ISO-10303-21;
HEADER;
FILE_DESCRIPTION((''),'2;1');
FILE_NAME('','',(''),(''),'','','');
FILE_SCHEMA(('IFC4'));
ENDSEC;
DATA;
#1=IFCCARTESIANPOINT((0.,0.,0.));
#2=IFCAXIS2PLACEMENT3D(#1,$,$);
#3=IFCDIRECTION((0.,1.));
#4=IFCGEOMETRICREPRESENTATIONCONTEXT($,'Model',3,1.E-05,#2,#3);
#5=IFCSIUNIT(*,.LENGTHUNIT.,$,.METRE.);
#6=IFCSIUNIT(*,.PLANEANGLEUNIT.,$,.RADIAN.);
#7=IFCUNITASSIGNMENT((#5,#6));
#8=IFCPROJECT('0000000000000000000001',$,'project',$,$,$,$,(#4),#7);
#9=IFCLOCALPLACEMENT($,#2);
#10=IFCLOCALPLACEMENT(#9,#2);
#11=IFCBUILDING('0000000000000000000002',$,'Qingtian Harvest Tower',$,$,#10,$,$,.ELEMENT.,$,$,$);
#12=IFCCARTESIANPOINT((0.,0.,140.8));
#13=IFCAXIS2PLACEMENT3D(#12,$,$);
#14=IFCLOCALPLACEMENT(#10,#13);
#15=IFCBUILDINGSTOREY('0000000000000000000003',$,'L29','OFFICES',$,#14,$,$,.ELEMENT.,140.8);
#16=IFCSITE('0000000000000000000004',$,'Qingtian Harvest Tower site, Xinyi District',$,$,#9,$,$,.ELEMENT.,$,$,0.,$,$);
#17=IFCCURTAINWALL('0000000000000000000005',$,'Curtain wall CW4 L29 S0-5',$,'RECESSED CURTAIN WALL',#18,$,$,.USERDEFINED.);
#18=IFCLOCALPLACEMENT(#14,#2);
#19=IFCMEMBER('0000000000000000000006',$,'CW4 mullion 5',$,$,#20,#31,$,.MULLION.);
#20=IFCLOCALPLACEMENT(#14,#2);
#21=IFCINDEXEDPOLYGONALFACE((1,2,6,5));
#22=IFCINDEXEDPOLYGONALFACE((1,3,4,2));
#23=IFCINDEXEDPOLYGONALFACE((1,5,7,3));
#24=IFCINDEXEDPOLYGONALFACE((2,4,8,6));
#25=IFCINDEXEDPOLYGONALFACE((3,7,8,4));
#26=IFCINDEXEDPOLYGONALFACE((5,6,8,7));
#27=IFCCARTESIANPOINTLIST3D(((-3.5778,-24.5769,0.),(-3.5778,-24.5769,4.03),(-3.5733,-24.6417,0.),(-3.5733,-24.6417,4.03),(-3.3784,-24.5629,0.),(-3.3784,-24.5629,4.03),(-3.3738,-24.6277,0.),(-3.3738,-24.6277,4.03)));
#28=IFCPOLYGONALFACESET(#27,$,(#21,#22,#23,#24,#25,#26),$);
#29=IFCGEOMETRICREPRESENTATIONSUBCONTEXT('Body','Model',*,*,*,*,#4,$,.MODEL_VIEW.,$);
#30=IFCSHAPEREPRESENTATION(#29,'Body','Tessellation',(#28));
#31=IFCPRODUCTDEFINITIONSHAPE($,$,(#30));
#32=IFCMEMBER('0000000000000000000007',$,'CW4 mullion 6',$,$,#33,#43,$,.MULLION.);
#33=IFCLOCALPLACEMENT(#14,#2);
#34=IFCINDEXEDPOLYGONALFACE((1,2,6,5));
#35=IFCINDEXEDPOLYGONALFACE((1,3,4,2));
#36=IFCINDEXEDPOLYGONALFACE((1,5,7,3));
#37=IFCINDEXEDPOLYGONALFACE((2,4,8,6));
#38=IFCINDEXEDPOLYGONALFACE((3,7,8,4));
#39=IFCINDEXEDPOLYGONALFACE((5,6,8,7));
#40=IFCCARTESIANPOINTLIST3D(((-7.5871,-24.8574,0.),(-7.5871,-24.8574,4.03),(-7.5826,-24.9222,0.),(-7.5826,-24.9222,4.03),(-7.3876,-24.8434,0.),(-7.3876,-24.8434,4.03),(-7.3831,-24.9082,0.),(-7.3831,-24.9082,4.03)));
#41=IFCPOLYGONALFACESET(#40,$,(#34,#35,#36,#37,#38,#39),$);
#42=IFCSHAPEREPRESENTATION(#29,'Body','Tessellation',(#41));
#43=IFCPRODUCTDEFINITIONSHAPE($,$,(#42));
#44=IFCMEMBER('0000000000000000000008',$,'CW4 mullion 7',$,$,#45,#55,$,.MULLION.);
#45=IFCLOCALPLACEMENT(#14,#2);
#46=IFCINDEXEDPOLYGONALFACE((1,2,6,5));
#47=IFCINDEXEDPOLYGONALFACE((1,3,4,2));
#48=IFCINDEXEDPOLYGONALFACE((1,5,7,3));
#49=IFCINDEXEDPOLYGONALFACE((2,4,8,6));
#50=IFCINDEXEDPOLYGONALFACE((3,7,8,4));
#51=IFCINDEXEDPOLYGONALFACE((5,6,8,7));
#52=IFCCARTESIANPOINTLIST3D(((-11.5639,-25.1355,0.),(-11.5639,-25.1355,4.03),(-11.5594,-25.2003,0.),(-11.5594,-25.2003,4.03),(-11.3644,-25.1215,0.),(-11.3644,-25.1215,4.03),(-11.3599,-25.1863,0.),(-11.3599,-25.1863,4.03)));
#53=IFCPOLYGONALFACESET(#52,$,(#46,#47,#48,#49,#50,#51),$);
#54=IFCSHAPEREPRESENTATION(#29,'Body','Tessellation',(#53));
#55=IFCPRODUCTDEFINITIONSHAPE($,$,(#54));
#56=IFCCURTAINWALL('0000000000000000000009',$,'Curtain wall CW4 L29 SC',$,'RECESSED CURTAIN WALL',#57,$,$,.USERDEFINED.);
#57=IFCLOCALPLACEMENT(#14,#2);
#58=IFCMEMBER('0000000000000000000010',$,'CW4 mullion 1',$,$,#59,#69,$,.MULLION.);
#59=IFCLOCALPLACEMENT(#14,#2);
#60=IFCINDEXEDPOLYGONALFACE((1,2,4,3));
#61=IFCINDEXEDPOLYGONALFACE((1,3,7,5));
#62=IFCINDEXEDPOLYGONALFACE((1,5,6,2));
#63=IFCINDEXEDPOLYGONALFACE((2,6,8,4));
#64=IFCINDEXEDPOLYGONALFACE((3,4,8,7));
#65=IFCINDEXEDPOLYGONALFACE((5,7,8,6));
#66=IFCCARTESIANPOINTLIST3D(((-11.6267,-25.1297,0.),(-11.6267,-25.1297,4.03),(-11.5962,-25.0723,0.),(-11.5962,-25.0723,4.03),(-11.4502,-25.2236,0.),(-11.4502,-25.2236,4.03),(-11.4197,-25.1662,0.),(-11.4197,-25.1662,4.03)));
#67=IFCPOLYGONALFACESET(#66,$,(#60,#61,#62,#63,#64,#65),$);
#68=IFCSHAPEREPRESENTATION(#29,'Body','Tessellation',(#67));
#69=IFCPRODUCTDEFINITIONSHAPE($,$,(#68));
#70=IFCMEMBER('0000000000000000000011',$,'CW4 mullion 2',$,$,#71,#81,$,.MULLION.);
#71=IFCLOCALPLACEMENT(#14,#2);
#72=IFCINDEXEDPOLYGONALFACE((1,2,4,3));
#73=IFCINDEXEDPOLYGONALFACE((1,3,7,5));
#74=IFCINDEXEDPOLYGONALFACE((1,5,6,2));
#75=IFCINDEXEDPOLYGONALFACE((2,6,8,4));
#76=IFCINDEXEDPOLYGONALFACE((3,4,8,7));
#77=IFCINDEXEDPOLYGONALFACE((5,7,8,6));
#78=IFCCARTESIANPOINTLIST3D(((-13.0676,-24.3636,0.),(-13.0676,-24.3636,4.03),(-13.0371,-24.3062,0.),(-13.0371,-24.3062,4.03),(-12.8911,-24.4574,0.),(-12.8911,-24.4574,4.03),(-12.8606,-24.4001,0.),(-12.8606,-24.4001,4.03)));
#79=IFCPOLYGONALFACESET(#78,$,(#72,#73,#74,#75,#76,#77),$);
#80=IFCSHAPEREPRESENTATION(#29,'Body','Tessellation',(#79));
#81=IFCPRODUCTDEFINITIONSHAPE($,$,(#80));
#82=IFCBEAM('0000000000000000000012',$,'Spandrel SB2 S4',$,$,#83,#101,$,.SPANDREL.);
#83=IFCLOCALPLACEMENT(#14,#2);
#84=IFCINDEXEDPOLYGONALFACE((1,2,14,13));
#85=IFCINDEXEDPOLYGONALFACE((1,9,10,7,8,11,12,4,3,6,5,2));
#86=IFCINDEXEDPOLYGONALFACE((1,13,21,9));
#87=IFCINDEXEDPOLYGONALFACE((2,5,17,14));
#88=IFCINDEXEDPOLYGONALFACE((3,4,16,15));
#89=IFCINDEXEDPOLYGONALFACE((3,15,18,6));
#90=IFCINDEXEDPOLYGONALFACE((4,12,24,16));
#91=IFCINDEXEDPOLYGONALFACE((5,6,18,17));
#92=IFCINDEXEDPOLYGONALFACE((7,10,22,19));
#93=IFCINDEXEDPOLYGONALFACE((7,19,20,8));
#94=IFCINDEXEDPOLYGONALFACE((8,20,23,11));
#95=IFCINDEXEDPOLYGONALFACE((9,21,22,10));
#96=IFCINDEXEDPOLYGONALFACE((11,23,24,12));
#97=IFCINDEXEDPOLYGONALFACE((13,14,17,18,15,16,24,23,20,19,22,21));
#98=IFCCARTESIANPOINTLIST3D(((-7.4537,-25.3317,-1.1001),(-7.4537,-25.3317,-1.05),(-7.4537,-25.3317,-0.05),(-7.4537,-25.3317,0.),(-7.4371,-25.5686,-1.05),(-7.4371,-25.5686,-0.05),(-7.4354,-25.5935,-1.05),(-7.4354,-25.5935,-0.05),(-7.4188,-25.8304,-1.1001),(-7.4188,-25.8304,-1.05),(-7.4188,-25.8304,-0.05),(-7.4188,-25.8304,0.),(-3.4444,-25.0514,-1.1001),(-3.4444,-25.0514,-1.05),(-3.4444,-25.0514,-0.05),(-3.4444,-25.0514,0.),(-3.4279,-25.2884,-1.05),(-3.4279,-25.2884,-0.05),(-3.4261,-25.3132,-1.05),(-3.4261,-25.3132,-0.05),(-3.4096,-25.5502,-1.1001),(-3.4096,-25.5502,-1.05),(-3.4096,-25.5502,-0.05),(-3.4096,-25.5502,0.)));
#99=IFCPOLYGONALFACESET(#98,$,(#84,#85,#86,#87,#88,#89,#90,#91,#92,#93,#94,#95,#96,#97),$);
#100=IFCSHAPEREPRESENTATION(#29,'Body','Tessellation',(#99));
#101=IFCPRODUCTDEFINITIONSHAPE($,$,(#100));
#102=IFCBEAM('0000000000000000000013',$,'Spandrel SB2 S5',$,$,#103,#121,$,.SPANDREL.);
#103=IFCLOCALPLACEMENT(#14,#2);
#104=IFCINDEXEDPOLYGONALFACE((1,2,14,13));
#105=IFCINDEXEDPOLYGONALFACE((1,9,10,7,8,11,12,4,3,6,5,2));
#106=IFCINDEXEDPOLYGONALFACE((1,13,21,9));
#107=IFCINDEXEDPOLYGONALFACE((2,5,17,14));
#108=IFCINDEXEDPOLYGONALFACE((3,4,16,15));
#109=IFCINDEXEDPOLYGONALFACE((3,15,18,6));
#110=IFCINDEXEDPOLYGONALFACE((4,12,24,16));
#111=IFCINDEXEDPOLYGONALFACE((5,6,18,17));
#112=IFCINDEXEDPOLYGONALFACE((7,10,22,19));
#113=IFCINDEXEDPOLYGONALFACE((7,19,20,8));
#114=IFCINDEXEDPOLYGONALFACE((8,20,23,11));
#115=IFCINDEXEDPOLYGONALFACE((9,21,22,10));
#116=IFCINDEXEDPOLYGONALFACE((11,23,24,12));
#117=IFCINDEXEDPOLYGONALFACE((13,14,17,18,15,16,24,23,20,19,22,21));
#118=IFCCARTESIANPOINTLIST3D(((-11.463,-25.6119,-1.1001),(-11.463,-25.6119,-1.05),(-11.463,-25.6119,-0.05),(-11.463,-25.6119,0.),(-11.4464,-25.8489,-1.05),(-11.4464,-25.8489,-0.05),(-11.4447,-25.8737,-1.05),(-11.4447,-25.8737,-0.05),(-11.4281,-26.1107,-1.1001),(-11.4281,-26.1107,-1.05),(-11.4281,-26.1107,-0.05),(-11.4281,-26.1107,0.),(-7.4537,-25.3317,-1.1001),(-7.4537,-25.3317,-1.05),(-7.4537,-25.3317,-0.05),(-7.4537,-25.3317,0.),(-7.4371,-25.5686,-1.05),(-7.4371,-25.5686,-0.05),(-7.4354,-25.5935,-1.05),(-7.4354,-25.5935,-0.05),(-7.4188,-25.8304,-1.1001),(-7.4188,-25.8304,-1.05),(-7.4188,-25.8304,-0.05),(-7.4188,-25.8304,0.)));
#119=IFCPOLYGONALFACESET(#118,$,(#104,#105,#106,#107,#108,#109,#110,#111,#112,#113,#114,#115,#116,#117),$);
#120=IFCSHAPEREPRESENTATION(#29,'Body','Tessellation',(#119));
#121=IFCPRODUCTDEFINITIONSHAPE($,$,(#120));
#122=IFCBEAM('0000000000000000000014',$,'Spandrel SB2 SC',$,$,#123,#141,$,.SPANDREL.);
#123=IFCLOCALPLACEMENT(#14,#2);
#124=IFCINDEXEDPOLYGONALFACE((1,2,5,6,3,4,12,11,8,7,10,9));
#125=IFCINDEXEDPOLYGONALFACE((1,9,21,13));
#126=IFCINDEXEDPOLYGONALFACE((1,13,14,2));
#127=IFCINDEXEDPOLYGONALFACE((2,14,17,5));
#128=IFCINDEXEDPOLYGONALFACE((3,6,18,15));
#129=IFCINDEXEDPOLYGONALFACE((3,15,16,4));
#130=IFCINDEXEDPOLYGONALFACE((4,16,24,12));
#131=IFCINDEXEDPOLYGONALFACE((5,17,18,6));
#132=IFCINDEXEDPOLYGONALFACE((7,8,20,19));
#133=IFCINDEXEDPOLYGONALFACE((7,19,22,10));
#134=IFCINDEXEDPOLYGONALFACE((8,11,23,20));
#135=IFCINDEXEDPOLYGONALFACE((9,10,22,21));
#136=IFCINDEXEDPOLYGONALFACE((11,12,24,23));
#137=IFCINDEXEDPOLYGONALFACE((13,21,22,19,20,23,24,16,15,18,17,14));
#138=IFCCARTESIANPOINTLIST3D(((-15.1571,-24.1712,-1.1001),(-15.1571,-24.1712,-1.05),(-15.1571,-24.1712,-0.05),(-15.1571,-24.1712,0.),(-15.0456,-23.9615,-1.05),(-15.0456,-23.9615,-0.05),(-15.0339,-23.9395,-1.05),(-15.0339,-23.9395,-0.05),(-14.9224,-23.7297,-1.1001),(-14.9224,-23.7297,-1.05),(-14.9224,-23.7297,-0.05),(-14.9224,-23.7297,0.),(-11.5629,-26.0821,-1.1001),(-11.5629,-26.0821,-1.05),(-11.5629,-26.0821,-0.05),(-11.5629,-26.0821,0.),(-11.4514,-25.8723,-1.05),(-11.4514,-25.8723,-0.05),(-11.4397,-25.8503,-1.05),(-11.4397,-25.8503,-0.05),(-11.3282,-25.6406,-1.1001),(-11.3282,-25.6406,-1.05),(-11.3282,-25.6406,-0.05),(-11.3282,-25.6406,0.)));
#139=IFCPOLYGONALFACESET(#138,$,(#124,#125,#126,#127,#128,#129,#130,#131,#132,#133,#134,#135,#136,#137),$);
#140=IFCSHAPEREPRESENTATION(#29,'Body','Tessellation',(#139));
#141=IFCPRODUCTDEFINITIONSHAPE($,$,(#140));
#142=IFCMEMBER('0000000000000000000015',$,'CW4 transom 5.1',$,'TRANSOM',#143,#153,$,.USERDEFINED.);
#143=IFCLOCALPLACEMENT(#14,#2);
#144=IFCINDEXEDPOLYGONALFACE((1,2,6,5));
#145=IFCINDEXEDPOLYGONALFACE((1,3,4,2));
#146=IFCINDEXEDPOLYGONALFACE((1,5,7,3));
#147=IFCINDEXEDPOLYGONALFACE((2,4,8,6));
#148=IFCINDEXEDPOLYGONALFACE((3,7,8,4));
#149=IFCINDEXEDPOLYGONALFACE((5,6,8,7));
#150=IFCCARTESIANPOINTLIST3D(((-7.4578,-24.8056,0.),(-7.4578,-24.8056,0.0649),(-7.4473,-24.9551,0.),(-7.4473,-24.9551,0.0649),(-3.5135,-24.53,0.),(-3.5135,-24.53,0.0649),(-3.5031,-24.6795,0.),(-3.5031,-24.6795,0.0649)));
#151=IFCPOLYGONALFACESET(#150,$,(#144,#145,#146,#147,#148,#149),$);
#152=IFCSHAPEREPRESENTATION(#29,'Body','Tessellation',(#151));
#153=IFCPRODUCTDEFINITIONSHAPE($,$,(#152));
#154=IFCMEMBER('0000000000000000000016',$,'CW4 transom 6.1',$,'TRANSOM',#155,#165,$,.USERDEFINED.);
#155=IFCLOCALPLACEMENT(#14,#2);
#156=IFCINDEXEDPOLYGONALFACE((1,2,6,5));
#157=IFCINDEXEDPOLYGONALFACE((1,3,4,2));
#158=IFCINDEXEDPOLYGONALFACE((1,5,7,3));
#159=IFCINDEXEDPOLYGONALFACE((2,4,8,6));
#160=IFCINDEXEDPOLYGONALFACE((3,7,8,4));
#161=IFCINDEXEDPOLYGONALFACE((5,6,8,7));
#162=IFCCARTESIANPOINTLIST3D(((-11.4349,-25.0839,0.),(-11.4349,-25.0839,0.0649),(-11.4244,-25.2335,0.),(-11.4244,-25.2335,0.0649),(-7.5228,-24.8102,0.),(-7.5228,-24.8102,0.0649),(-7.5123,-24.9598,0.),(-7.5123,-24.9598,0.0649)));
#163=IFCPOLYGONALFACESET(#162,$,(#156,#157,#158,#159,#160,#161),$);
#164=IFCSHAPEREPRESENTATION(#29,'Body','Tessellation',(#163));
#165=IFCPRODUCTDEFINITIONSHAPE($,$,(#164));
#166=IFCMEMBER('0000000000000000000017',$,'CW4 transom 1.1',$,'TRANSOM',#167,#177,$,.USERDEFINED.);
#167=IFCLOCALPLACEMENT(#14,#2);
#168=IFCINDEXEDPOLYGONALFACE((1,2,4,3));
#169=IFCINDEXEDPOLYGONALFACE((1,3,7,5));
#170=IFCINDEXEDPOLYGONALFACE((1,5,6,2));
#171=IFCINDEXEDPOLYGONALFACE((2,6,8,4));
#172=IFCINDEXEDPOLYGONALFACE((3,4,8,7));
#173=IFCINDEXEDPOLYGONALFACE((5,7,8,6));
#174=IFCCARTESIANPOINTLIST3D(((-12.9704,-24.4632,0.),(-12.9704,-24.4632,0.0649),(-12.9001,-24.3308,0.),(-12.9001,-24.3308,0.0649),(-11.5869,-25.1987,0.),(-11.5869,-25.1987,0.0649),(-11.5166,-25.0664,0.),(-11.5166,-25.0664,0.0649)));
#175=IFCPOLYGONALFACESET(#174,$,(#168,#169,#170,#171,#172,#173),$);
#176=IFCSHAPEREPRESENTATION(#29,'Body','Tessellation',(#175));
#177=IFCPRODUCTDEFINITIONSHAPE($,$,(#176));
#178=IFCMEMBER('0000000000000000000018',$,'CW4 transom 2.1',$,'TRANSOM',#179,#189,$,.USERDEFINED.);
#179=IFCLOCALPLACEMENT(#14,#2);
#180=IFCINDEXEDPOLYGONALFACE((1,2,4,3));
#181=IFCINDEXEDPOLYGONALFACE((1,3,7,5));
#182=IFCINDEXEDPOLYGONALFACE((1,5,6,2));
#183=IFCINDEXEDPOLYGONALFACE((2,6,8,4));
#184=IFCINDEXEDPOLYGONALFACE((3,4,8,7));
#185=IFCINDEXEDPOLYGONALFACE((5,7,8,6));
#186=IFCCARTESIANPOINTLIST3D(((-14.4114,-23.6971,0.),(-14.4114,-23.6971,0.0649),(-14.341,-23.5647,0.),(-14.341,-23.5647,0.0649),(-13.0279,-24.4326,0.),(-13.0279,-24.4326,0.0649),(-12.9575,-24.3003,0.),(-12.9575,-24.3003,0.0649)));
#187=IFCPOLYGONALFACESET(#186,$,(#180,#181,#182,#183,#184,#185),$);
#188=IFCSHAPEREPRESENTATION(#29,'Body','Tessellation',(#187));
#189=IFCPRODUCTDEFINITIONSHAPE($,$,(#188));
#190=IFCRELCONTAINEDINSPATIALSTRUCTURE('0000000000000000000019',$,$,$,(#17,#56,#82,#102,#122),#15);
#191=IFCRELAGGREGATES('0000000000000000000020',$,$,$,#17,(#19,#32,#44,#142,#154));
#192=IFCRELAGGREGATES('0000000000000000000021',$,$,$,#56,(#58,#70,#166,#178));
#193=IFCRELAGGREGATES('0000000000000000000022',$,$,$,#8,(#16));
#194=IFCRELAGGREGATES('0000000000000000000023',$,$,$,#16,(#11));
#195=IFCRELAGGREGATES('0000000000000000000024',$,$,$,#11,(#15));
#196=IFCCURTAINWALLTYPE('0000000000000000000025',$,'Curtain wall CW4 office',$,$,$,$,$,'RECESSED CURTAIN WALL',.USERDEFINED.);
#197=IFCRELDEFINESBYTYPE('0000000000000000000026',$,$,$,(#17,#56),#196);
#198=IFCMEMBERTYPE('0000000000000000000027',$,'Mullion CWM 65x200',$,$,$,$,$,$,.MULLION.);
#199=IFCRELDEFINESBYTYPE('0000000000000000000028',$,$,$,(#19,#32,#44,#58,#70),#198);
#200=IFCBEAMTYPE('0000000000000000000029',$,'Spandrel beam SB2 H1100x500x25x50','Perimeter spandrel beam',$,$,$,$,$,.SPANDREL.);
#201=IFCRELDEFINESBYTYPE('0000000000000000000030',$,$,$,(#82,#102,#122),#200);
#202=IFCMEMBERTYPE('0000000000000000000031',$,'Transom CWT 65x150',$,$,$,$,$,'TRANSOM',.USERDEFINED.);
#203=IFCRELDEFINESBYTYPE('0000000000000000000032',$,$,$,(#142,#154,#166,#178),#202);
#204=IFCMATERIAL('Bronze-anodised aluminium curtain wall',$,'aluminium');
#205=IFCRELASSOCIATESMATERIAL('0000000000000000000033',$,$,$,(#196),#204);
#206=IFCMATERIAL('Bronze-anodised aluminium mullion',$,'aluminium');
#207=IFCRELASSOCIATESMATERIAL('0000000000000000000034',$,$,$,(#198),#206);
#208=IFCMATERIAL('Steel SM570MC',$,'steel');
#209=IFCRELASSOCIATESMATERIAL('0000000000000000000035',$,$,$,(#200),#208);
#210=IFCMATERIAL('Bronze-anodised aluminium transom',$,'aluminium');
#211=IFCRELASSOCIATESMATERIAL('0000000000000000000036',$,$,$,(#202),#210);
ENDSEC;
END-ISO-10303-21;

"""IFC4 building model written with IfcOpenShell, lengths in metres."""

from ifc_helpers import new_model, si_unit, direction, frame, origin, origin_2d, place, context, subcontext, project, spatial, rectangle, i_section, extrude, material, material_profile, profile_set, type_object, element, aggregate, save


model = new_model("IFC4")

# Units and contexts
model_context = context("Model", 3, precision=1e-05, world=origin(), true_north=direction((0.0, 1.0)))
body_context = subcontext(model_context, "Body", "Model", "MODEL_VIEW")
ifc_project = project(units=[si_unit("LENGTHUNIT", "METRE"), si_unit("PLANEANGLEUNIT", "RADIAN")], contexts=[model_context])

# Site, building, storey
site_placement = place(None, origin())
site = spatial("IfcSite", under=ifc_project, at=site_placement, Name="Qingtian Harvest Tower site, Xinyi District", CompositionType="ELEMENT", RefElevation=0.0)
building_placement = place(site_placement, origin())
building = spatial("IfcBuilding", under=site, at=building_placement, Name="Qingtian Harvest Tower", CompositionType="ELEMENT")
storey_placement = place(building_placement, frame((0.0, 0.0, 140.8)))
storey = spatial("IfcBuildingStorey", under=building, at=storey_placement, Name="L29", Description="OFFICES", CompositionType="ELEMENT", Elevation=140.8)

# Curtain walls, members
ifc_material_1 = material(Name="Bronze-anodised aluminium curtain wall", Category="aluminium")
curtain_wall_type = type_object("IfcCurtainWallType", Name="Curtain wall CW4 office", ElementType="RECESSED CURTAIN WALL", PredefinedType="USERDEFINED", material=ifc_material_1)
curtain_wall_1_placement = place(storey_placement, origin())
curtain_wall_1 = element("IfcCurtainWall", 1, at=curtain_wall_1_placement, inside=storey, type_object=curtain_wall_type, Name="Curtain wall CW4 L29 S0-5", ObjectType="RECESSED CURTAIN WALL", PredefinedType="USERDEFINED")
ifc_material_2 = material(Name="Bronze-anodised aluminium mullion", Category="aluminium")
ifc_material_profile_1 = material_profile(ifc_material_2, rectangle(XDim=0.0649, YDim=0.2, at=origin_2d()), Name="AL 65x200")
ifc_profile_set_1 = profile_set([ifc_material_profile_1], Name="Bronze-anodised aluminium mullion")
member_type_1 = type_object("IfcMemberType", Name="Mullion CWM 65x200", PredefinedType="MULLION", material=ifc_profile_set_1)
member_1_placement = place(storey_placement, frame((-3.4758, -24.6023, 0.0), z_axis=(0.0, 0.0, 1.0), x_axis=(0.069756, -0.997564, 0.0)))
member_1 = element("IfcMember", 2, at=member_1_placement, type_object=member_type_1, Name="CW4 mullion 5", PredefinedType="MULLION", context=body_context, shape_type="SweptSolid", body=[
    extrude(rectangle(XDim=0.0649, YDim=0.2, at=origin_2d()), origin(), (0.0, 0.0, 1.0), 4.03),
])
member_2_placement = place(storey_placement, frame((-7.4851, -24.8828, 0.0), z_axis=(0.0, 0.0, 1.0), x_axis=(0.069756, -0.997564, 0.0)))
member_2 = element("IfcMember", 3, at=member_2_placement, type_object=member_type_1, Name="CW4 mullion 6", PredefinedType="MULLION", context=body_context, shape_type="SweptSolid", body=[
    extrude(rectangle(XDim=0.0649, YDim=0.2, at=origin_2d()), origin(), (0.0, 0.0, 1.0), 4.03),
])
member_3_placement = place(storey_placement, frame((-11.4619, -25.1609, 0.0), z_axis=(0.0, 0.0, 1.0), x_axis=(0.069756, -0.997564, 0.0)))
member_3 = element("IfcMember", 4, at=member_3_placement, type_object=member_type_1, Name="CW4 mullion 7", PredefinedType="MULLION", context=body_context, shape_type="SweptSolid", body=[
    extrude(rectangle(XDim=0.0649, YDim=0.2, at=origin_2d()), origin(), (0.0, 0.0, 1.0), 4.03),
])
curtain_wall_2_placement = place(storey_placement, origin())
curtain_wall_2 = element("IfcCurtainWall", 5, at=curtain_wall_2_placement, inside=storey, type_object=curtain_wall_type, Name="Curtain wall CW4 L29 SC", ObjectType="RECESSED CURTAIN WALL", PredefinedType="USERDEFINED")
member_4_placement = place(storey_placement, frame((-11.5232, -25.1479, 0.0), z_axis=(0.0, 0.0, 1.0), x_axis=(-0.469472, -0.882948, 0.0)))
member_4 = element("IfcMember", 6, at=member_4_placement, type_object=member_type_1, Name="CW4 mullion 1", PredefinedType="MULLION", context=body_context, shape_type="SweptSolid", body=[
    extrude(rectangle(XDim=0.0649, YDim=0.2, at=origin_2d()), origin(), (0.0, 0.0, 1.0), 4.03),
])
member_5_placement = place(storey_placement, frame((-12.9641, -24.3818, 0.0), z_axis=(0.0, 0.0, 1.0), x_axis=(-0.469472, -0.882948, 0.0)))
member_5 = element("IfcMember", 7, at=member_5_placement, type_object=member_type_1, Name="CW4 mullion 2", PredefinedType="MULLION", context=body_context, shape_type="SweptSolid", body=[
    extrude(rectangle(XDim=0.0649, YDim=0.2, at=origin_2d()), origin(), (0.0, 0.0, 1.0), 4.03),
])

# Beams
ifc_material_3 = material(Name="Steel SM570MC", Category="steel")
ifc_material_profile_2 = material_profile(ifc_material_3, i_section(OverallWidth=0.5, OverallDepth=1.1001, WebThickness=0.0249, FlangeThickness=0.05, at=origin_2d()), Name="H1100x500x25x50")
ifc_profile_set_2 = profile_set([ifc_material_profile_2], Name="Steel SM570MC")
beam_type_1 = type_object("IfcBeamType", Name="Spandrel beam SB2 H1100x500x25x50", Description="Perimeter spandrel beam", PredefinedType="SPANDREL", material=ifc_profile_set_2)
for number, where, z_axis, x_axis, name in (
    (8, (-3.427, -25.3008, -0.55), (-0.997565, -0.069736, 0.0), (0.069736, -0.997565, 0.0), "Spandrel SB2 S4"),
    (9, (-7.4363, -25.5811, -0.55), (-0.997565, -0.069736, 0.0), (0.069736, -0.997565, 0.0), "Spandrel SB2 S5"),
):
    element("IfcBeam", number, at=place(storey_placement, frame(where, z_axis=z_axis, x_axis=x_axis)), inside=storey, type_object=beam_type_1, Name=name, PredefinedType="SPANDREL", context=body_context, shape_type="SweptSolid", body=[
        extrude(i_section(OverallWidth=0.5, OverallDepth=1.1001, WebThickness=0.0249, FlangeThickness=0.05, at=origin_2d()), origin(), (0.0, 0.0, 1.0), 4.019),
    ])
beam_1_placement = place(storey_placement, frame((-11.4456, -25.8613, -0.55), z_axis=(-0.882968, 0.469433, 0.0), x_axis=(-0.469433, -0.882968, 0.0)))
element("IfcBeam", 10, at=beam_1_placement, inside=storey, type_object=beam_type_1, Name="Spandrel SB2 SC", PredefinedType="SPANDREL", context=body_context, shape_type="SweptSolid", body=[
    extrude(i_section(OverallWidth=0.5, OverallDepth=1.1001, WebThickness=0.0249, FlangeThickness=0.05, at=origin_2d()), origin(), (0.0, 0.0, 1.0), 4.0706),
])

# Members
ifc_material_4 = material(Name="Bronze-anodised aluminium transom", Category="aluminium")
ifc_material_profile_3 = material_profile(ifc_material_4, rectangle(XDim=0.1499, YDim=0.0649, at=origin_2d()), Name="AL 65x150")
ifc_profile_set_3 = profile_set([ifc_material_profile_3], Name="Bronze-anodised aluminium transom")
member_type_2 = type_object("IfcMemberType", Name="Transom CWT 65x150", ElementType="TRANSOM", PredefinedType="USERDEFINED", material=ifc_profile_set_3)
member_6_placement = place(storey_placement, frame((-3.5083, -24.6047, 0.0325), z_axis=(-0.997567, -0.069711, 0.0), x_axis=(0.069711, -0.997567, 0.0)))
member_6 = element("IfcMember", 11, at=member_6_placement, type_object=member_type_2, Name="CW4 transom 5.1", ObjectType="TRANSOM", PredefinedType="USERDEFINED", context=body_context, shape_type="SweptSolid", body=[
    extrude(rectangle(XDim=0.1499, YDim=0.0649, at=origin_2d()), origin(), (0.0, 0.0, 1.0), 3.9539),
])
member_7_placement = place(storey_placement, frame((-7.5176, -24.885, 0.0325), z_axis=(-0.997562, -0.069787, 0.0), x_axis=(0.069787, -0.997562, 0.0)))
member_7 = element("IfcMember", 12, at=member_7_placement, type_object=member_type_2, Name="CW4 transom 6.1", ObjectType="TRANSOM", PredefinedType="USERDEFINED", context=body_context, shape_type="SweptSolid", body=[
    extrude(rectangle(XDim=0.1499, YDim=0.0649, at=origin_2d()), origin(), (0.0, 0.0, 1.0), 3.9216),
])
member_8_placement = place(storey_placement, frame((-11.5518, -25.1326, 0.0325), z_axis=(-0.88296, 0.469448, 0.0), x_axis=(-0.469448, -0.88296, 0.0)))
member_8 = element("IfcMember", 13, at=member_8_placement, type_object=member_type_2, Name="CW4 transom 1.1", ObjectType="TRANSOM", PredefinedType="USERDEFINED", context=body_context, shape_type="SweptSolid", body=[
    extrude(rectangle(XDim=0.1499, YDim=0.0649, at=origin_2d()), origin(), (0.0, 0.0, 1.0), 1.5669),
])
member_9_placement = place(storey_placement, frame((-12.9927, -24.3665, 0.0325), z_axis=(-0.88296, 0.469448, 0.0), x_axis=(-0.469448, -0.88296, 0.0)))
member_9 = element("IfcMember", 14, at=member_9_placement, type_object=member_type_2, Name="CW4 transom 2.1", ObjectType="TRANSOM", PredefinedType="USERDEFINED", context=body_context, shape_type="SweptSolid", body=[
    extrude(rectangle(XDim=0.1499, YDim=0.0649, at=origin_2d()), origin(), (0.0, 0.0, 1.0), 1.5669),
])

aggregate(curtain_wall_1, [member_1, member_2, member_3, member_6, member_7])
aggregate(curtain_wall_2, [member_4, member_5, member_8, member_9])

save(model, "model.ifc")
